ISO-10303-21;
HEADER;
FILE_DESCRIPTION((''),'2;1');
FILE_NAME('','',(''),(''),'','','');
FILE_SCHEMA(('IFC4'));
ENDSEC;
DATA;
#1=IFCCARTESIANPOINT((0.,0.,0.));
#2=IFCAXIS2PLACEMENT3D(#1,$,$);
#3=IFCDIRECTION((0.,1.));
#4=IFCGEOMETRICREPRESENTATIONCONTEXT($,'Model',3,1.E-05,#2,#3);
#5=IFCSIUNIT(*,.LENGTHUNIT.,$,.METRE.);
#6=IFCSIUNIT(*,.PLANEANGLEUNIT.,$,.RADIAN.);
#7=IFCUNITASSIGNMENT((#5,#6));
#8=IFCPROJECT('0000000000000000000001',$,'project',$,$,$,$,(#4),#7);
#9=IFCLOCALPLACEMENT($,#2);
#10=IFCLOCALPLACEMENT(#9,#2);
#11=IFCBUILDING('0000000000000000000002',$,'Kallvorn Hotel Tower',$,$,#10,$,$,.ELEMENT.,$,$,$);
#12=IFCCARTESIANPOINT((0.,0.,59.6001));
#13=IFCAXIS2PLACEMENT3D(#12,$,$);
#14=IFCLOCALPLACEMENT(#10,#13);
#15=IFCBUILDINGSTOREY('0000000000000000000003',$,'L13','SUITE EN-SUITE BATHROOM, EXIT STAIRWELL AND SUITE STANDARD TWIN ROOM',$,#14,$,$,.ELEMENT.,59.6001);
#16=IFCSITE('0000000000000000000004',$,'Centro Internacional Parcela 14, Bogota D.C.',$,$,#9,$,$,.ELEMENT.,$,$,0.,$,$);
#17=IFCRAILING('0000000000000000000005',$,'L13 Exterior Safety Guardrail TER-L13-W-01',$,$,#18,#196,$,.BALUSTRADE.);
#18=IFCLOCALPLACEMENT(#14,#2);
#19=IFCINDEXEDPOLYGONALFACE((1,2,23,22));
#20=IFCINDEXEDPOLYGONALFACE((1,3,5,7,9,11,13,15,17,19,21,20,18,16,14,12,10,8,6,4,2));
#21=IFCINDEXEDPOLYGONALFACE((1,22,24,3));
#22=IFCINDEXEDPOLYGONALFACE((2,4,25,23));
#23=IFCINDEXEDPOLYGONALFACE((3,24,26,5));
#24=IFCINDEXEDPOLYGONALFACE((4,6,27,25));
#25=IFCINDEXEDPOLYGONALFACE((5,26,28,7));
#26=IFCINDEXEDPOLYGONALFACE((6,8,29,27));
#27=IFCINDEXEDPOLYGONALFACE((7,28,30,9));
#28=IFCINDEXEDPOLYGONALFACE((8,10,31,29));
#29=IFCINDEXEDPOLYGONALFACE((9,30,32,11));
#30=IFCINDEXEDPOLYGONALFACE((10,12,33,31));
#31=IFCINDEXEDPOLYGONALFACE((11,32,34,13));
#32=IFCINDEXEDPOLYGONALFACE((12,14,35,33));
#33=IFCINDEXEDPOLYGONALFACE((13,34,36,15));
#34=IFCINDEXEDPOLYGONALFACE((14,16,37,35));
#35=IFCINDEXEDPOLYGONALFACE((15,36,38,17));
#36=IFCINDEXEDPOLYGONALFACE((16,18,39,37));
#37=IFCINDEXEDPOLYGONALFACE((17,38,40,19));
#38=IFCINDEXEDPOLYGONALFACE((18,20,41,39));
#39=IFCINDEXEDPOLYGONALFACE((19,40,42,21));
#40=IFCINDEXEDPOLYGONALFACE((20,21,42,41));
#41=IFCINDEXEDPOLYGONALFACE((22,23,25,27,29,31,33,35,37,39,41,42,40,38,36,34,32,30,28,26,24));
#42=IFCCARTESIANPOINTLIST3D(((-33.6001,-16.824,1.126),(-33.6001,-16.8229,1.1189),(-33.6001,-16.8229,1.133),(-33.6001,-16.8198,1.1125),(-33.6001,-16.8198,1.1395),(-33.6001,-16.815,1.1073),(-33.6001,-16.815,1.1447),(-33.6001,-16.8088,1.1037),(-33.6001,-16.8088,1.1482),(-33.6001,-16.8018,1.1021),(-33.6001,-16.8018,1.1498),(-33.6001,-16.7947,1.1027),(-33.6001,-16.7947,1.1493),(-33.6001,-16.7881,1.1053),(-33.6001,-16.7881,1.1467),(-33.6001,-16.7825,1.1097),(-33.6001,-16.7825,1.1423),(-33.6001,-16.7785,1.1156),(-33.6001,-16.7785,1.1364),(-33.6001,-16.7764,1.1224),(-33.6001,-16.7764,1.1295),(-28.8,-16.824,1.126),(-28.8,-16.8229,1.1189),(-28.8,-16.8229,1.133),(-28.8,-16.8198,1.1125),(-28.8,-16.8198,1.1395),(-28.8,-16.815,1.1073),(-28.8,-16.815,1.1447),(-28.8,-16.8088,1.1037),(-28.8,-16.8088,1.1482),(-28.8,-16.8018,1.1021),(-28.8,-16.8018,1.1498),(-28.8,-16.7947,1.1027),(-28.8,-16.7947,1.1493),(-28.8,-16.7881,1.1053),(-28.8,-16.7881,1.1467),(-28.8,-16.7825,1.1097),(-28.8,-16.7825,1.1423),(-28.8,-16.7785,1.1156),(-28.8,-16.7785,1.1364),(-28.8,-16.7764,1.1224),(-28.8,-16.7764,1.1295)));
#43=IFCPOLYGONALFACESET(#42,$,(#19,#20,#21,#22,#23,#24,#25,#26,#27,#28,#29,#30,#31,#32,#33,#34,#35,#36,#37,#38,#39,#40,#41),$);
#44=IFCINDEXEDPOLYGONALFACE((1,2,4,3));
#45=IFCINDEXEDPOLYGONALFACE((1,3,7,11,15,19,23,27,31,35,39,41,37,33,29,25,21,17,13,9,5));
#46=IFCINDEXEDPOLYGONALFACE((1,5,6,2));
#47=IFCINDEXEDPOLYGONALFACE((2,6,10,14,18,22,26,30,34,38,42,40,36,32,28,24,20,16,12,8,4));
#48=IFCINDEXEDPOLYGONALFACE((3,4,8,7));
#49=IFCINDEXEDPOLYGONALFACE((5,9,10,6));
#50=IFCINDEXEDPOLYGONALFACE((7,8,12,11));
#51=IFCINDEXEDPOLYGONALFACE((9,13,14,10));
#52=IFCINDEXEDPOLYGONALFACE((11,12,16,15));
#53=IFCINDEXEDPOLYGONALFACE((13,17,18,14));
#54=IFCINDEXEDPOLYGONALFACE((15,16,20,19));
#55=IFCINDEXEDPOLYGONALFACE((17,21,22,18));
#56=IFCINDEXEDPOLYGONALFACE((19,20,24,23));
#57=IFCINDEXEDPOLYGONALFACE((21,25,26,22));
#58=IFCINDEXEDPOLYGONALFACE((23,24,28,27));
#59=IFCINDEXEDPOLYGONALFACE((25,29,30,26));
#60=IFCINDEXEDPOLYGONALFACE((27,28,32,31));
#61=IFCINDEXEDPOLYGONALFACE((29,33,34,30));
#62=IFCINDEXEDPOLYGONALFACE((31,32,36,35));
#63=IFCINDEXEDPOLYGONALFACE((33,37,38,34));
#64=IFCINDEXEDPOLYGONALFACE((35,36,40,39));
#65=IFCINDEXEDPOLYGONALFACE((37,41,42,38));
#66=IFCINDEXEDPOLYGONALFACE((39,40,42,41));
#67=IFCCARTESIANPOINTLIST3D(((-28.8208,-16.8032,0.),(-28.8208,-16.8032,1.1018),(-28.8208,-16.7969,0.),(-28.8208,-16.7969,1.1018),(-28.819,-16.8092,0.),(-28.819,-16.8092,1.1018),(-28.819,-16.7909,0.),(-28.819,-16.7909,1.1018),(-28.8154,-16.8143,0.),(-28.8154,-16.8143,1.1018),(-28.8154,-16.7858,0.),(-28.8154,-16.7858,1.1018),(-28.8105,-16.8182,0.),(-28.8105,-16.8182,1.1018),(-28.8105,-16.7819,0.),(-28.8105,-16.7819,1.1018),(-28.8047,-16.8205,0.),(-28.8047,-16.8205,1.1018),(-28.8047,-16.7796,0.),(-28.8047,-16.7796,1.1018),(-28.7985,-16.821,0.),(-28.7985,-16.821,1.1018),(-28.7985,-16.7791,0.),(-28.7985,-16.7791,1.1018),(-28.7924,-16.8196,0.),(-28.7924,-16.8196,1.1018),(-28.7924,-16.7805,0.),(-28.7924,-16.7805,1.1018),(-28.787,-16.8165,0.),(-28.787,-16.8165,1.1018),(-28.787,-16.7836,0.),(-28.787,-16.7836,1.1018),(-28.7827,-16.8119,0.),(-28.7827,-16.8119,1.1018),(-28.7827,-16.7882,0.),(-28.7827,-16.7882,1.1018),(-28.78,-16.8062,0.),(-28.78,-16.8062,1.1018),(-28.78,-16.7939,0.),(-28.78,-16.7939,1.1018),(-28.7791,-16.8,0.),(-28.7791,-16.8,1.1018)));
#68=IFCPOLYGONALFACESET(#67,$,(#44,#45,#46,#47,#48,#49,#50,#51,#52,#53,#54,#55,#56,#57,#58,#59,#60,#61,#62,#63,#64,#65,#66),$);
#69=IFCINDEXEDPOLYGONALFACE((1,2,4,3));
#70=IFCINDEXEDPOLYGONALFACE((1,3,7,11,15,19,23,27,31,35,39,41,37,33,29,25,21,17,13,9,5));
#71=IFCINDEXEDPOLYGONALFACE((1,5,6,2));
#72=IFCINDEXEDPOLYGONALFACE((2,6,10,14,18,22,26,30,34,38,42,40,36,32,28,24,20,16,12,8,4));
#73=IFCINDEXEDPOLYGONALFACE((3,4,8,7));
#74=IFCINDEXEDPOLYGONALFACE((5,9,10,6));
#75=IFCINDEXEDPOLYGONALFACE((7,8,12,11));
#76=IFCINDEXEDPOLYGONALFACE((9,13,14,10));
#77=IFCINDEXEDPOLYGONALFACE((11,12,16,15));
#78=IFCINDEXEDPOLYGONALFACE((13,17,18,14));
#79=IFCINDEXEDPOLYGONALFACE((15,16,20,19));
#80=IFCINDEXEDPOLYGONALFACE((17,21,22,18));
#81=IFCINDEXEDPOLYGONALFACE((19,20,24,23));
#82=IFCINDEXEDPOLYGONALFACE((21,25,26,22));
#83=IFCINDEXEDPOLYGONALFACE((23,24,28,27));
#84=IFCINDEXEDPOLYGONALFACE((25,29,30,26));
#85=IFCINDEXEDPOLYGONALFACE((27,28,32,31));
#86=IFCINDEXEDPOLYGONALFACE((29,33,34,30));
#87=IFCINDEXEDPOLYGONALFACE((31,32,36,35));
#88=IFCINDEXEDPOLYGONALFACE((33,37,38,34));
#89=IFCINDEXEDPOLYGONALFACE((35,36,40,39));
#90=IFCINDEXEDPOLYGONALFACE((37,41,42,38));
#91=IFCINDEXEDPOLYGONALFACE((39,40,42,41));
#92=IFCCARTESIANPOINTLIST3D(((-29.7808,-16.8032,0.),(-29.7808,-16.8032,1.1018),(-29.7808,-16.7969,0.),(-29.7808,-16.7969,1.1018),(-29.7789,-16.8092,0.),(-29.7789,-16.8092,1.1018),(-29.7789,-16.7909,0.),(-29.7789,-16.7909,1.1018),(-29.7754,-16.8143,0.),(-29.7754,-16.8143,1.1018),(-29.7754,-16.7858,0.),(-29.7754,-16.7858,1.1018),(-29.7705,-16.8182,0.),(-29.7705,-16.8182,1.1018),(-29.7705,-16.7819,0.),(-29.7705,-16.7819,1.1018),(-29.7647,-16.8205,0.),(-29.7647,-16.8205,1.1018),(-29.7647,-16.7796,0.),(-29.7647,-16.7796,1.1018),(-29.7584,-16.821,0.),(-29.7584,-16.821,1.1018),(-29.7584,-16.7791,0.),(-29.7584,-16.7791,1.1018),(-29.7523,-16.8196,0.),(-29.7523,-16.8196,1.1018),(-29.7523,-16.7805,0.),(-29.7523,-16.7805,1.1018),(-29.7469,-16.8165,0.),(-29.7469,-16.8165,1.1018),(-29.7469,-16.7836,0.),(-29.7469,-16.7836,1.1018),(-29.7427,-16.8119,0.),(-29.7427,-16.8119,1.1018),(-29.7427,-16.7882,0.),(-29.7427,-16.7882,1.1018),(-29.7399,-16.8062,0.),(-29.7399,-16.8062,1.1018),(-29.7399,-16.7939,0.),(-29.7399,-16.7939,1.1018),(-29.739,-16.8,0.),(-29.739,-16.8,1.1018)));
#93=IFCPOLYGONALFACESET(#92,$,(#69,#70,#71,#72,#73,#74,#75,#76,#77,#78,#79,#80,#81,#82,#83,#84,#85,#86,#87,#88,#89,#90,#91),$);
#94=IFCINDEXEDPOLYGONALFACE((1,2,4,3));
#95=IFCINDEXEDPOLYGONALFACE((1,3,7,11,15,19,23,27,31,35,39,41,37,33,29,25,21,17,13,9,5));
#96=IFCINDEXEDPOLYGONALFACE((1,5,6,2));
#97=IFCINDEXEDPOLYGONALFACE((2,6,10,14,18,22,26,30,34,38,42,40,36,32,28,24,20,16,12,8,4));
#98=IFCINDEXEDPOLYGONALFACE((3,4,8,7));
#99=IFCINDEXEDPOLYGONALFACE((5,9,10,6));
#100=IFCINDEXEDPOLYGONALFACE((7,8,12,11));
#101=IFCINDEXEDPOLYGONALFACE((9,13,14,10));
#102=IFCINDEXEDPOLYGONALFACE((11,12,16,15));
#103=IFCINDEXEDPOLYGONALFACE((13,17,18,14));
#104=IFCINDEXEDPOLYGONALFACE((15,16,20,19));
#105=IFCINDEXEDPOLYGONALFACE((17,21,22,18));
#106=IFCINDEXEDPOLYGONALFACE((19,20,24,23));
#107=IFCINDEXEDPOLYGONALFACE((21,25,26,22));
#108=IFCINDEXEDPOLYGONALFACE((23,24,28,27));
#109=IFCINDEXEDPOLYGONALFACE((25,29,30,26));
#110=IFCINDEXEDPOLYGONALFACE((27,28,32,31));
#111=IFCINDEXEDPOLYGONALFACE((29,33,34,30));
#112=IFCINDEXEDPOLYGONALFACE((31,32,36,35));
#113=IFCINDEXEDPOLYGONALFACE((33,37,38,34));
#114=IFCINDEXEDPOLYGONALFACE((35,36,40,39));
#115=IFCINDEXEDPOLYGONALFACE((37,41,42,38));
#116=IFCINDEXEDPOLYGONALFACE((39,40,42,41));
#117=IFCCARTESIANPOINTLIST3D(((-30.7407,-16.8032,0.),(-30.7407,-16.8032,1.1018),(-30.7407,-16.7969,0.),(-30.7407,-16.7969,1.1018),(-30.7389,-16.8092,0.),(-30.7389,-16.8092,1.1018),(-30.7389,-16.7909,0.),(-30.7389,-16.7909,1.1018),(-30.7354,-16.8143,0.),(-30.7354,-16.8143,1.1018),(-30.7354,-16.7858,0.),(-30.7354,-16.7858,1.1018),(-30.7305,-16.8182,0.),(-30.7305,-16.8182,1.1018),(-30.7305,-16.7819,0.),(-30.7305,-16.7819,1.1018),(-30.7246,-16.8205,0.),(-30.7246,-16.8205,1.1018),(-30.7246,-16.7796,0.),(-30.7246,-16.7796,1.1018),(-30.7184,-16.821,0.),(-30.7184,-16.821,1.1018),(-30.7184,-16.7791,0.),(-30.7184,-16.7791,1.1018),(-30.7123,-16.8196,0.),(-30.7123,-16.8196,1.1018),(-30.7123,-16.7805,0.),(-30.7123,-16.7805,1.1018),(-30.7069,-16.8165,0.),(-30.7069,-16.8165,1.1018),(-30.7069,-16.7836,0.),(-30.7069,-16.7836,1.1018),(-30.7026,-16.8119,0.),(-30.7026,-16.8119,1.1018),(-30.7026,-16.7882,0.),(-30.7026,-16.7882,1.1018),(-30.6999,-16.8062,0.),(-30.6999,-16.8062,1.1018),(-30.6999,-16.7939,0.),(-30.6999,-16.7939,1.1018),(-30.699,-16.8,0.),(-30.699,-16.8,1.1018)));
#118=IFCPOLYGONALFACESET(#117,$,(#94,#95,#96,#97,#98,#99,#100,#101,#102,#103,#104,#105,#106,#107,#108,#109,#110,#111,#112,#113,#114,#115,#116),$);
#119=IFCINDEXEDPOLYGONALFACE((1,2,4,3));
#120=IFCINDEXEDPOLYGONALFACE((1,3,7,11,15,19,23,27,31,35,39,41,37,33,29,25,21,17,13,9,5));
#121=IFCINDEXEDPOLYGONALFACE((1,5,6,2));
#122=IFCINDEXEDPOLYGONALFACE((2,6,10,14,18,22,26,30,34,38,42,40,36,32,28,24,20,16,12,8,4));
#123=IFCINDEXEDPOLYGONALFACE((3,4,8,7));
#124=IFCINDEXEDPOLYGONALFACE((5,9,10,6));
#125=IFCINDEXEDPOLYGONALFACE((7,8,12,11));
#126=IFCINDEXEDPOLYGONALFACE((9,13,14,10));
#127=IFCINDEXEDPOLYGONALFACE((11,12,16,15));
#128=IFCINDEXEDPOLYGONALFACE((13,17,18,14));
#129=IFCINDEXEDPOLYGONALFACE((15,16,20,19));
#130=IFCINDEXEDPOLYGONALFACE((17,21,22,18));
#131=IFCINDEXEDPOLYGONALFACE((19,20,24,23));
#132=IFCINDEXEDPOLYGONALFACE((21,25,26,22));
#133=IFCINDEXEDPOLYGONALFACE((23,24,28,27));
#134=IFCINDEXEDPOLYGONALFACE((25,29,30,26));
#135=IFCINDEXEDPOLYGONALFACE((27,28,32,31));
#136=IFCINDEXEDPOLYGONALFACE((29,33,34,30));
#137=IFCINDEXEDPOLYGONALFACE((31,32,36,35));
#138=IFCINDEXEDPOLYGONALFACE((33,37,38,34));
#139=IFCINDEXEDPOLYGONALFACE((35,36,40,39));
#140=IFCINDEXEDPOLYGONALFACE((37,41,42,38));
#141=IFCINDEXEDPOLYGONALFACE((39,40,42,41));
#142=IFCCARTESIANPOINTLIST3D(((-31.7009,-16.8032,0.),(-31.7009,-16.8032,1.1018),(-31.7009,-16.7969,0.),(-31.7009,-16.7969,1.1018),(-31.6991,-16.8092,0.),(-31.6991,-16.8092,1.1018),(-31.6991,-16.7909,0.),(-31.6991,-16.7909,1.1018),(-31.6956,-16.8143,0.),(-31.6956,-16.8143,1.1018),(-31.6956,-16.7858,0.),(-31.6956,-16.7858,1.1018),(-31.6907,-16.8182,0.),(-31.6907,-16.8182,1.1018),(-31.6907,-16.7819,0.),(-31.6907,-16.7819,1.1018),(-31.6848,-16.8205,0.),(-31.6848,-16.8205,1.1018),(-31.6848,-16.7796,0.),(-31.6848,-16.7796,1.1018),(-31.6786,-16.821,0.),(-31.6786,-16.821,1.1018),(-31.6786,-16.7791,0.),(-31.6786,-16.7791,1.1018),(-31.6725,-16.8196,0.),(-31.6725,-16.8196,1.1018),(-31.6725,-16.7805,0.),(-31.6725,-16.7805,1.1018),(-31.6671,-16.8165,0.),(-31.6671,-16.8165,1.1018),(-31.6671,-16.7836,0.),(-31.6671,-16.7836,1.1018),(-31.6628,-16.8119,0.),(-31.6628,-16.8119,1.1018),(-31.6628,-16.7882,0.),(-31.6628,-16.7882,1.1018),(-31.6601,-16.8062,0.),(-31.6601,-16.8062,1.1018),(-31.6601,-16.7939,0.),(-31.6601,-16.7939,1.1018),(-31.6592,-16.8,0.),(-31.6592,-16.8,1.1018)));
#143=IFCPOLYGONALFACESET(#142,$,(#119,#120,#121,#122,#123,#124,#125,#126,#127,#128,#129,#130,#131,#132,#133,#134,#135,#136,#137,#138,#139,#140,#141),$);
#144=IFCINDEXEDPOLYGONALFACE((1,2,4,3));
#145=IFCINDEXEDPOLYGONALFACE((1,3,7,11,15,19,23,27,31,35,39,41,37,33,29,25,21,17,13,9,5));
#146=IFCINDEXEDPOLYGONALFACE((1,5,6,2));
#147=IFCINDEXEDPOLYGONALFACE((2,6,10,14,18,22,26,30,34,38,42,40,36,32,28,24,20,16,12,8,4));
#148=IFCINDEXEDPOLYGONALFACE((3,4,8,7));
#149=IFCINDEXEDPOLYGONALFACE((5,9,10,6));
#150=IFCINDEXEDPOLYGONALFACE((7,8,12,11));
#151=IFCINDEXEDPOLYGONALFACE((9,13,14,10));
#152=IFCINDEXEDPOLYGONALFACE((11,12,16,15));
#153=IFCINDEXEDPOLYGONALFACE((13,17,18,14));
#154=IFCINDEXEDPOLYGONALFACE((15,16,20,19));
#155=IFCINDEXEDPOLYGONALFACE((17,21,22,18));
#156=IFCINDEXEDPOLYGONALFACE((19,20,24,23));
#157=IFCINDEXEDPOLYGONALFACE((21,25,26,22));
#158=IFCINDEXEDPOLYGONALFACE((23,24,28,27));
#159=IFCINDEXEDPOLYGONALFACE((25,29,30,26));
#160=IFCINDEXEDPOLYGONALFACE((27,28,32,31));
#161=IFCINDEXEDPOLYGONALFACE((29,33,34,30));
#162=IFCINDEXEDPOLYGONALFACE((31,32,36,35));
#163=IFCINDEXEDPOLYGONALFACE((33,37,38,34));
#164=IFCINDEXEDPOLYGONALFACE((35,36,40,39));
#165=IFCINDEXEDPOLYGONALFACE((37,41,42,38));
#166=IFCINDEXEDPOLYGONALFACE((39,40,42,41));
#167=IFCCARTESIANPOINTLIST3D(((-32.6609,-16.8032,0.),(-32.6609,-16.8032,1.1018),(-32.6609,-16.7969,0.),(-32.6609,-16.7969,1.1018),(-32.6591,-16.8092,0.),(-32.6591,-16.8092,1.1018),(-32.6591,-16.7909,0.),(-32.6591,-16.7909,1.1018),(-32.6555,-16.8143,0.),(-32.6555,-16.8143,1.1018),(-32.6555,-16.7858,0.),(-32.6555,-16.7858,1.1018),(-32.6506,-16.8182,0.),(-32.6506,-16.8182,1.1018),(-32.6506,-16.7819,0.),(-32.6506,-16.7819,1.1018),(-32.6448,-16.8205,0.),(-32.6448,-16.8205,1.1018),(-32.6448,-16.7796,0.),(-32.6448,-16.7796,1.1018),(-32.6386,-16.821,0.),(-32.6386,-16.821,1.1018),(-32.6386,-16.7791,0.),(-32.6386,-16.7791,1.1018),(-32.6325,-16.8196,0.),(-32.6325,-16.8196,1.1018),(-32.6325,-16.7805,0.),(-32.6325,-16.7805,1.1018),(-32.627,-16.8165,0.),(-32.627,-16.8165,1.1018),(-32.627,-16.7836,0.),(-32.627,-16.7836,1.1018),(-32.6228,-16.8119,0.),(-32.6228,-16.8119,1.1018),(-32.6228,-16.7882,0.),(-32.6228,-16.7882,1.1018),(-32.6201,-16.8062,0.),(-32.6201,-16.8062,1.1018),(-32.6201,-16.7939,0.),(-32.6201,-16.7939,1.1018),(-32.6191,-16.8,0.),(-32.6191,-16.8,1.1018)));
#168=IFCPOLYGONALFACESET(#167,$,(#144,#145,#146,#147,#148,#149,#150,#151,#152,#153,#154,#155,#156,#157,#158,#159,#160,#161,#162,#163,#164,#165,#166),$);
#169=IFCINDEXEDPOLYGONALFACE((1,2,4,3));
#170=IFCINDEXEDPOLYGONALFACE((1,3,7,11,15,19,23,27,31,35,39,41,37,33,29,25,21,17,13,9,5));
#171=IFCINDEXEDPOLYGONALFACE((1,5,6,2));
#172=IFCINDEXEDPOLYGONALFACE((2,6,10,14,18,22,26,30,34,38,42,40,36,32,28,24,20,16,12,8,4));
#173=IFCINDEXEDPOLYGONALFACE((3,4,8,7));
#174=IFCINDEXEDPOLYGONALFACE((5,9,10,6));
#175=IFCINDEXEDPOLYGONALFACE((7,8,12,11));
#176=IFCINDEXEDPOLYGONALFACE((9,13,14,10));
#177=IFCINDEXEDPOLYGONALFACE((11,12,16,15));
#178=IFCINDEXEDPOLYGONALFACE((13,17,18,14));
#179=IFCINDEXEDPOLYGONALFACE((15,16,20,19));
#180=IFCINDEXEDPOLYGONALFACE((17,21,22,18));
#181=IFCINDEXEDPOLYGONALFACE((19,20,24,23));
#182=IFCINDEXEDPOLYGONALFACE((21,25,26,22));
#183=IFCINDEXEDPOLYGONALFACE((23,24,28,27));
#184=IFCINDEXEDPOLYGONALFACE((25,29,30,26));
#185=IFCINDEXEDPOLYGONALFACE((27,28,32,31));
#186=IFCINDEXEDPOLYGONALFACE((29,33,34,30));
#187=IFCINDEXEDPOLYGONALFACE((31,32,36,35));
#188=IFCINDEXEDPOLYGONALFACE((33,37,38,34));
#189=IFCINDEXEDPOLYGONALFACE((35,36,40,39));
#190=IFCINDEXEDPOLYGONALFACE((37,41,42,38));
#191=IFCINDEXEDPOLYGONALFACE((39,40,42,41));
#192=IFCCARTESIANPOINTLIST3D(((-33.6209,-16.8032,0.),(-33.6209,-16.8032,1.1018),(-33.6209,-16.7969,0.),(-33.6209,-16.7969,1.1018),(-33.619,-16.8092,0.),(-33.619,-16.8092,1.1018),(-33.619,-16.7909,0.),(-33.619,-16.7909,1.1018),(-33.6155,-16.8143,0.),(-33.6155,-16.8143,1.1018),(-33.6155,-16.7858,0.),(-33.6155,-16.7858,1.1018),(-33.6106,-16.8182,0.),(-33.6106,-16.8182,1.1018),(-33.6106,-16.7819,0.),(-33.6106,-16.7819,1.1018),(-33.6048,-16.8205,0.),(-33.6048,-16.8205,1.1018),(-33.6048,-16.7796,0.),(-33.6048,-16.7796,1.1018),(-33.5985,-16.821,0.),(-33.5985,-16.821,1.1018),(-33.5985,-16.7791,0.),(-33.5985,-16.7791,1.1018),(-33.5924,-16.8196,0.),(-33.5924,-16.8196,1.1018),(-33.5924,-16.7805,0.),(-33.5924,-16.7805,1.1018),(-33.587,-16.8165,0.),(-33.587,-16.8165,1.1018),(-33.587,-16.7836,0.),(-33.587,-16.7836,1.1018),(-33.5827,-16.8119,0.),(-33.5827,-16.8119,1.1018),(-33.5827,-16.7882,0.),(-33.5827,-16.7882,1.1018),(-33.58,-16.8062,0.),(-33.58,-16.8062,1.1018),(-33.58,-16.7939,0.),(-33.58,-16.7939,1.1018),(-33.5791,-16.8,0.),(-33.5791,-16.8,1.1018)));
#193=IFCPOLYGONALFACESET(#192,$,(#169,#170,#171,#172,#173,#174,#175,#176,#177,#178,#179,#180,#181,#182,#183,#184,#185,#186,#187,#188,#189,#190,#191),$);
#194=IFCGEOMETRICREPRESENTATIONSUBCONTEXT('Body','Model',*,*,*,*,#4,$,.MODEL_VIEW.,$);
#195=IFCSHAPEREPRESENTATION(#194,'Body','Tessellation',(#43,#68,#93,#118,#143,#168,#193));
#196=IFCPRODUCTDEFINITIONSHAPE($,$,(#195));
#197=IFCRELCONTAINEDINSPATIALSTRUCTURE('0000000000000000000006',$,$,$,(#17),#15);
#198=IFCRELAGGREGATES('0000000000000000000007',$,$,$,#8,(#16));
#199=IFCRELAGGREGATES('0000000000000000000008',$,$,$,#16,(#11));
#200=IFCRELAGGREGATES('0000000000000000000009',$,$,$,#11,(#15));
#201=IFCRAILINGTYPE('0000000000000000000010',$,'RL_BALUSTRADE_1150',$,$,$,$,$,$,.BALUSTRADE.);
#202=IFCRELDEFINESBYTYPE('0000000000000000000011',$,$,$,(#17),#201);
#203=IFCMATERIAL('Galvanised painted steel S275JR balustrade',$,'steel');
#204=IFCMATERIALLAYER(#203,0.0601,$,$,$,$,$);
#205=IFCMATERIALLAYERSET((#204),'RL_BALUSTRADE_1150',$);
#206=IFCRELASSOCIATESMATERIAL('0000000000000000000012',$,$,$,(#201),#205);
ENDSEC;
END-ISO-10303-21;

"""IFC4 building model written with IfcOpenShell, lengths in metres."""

from ifc_helpers import new_model, si_unit, direction, frame, origin, origin_2d, place, context, subcontext, project, spatial, circle, extrude, material, layer, layer_set, type_object, element, save


model = new_model("IFC4")

# Units and contexts
model_context = context("Model", 3, precision=1e-05, world=origin(), true_north=direction((0.0, 1.0)))
body_context = subcontext(model_context, "Body", "Model", "MODEL_VIEW")
ifc_project = project(units=[si_unit("LENGTHUNIT", "METRE"), si_unit("PLANEANGLEUNIT", "RADIAN")], contexts=[model_context])

# Site, building, storey
site_placement = place(None, origin())
site = spatial("IfcSite", under=ifc_project, at=site_placement, Name="Centro Internacional Parcela 14, Bogota D.C.", CompositionType="ELEMENT", RefElevation=0.0)
building_placement = place(site_placement, origin())
building = spatial("IfcBuilding", under=site, at=building_placement, Name="Kallvorn Hotel Tower", CompositionType="ELEMENT")
storey_placement = place(building_placement, frame((0.0, 0.0, 59.6001)))
storey = spatial("IfcBuildingStorey", under=building, at=storey_placement, Name="L13", Description="SUITE EN-SUITE BATHROOM, EXIT STAIRWELL AND SUITE STANDARD TWIN ROOM", CompositionType="ELEMENT", Elevation=59.6001)

# Railing
ifc_material_1 = material(Name="Galvanised painted steel S275JR balustrade", Category="steel")
ifc_layer_1 = layer(ifc_material_1, 0.0601)
ifc_layer_set_1 = layer_set([ifc_layer_1], Name="RL_BALUSTRADE_1150")
railing_type = type_object("IfcRailingType", Name="RL_BALUSTRADE_1150", PredefinedType="BALUSTRADE", material=ifc_layer_set_1)
railing_placement = place(storey_placement, frame((-28.8, -16.8, 0.0)))
element("IfcRailing", 1, at=railing_placement, inside=storey, type_object=railing_type, Name="L13 Exterior Safety Guardrail TER-L13-W-01", PredefinedType="BALUSTRADE", context=body_context, shape_type="SweptSolid", body=[
    extrude(circle(Radius=0.0239, at=origin_2d()), frame((0.0, 0.0, 1.126), z_axis=(-1.0, 0.0, 0.0), x_axis=(0.0, -1.0, 0.0)), (0.0, 0.0, 1.0), 4.8),
    extrude(circle(Radius=0.021, at=origin_2d()), origin(), (0.0, 0.0, 1.0), 1.1018),
    extrude(circle(Radius=0.021, at=origin_2d()), frame((-0.96, 0.0, 0.0)), (0.0, 0.0, 1.0), 1.1018),
    extrude(circle(Radius=0.021, at=origin_2d()), frame((-1.9199, 0.0, 0.0)), (0.0, 0.0, 1.0), 1.1018),
    extrude(circle(Radius=0.021, at=origin_2d()), frame((-2.8801, 0.0, 0.0)), (0.0, 0.0, 1.0), 1.1018),
    extrude(circle(Radius=0.021, at=origin_2d()), frame((-3.8401, 0.0, 0.0)), (0.0, 0.0, 1.0), 1.1018),
    extrude(circle(Radius=0.021, at=origin_2d()), frame((-4.8, 0.0, 0.0)), (0.0, 0.0, 1.0), 1.1018),
])

save(model, "model.ifc")
